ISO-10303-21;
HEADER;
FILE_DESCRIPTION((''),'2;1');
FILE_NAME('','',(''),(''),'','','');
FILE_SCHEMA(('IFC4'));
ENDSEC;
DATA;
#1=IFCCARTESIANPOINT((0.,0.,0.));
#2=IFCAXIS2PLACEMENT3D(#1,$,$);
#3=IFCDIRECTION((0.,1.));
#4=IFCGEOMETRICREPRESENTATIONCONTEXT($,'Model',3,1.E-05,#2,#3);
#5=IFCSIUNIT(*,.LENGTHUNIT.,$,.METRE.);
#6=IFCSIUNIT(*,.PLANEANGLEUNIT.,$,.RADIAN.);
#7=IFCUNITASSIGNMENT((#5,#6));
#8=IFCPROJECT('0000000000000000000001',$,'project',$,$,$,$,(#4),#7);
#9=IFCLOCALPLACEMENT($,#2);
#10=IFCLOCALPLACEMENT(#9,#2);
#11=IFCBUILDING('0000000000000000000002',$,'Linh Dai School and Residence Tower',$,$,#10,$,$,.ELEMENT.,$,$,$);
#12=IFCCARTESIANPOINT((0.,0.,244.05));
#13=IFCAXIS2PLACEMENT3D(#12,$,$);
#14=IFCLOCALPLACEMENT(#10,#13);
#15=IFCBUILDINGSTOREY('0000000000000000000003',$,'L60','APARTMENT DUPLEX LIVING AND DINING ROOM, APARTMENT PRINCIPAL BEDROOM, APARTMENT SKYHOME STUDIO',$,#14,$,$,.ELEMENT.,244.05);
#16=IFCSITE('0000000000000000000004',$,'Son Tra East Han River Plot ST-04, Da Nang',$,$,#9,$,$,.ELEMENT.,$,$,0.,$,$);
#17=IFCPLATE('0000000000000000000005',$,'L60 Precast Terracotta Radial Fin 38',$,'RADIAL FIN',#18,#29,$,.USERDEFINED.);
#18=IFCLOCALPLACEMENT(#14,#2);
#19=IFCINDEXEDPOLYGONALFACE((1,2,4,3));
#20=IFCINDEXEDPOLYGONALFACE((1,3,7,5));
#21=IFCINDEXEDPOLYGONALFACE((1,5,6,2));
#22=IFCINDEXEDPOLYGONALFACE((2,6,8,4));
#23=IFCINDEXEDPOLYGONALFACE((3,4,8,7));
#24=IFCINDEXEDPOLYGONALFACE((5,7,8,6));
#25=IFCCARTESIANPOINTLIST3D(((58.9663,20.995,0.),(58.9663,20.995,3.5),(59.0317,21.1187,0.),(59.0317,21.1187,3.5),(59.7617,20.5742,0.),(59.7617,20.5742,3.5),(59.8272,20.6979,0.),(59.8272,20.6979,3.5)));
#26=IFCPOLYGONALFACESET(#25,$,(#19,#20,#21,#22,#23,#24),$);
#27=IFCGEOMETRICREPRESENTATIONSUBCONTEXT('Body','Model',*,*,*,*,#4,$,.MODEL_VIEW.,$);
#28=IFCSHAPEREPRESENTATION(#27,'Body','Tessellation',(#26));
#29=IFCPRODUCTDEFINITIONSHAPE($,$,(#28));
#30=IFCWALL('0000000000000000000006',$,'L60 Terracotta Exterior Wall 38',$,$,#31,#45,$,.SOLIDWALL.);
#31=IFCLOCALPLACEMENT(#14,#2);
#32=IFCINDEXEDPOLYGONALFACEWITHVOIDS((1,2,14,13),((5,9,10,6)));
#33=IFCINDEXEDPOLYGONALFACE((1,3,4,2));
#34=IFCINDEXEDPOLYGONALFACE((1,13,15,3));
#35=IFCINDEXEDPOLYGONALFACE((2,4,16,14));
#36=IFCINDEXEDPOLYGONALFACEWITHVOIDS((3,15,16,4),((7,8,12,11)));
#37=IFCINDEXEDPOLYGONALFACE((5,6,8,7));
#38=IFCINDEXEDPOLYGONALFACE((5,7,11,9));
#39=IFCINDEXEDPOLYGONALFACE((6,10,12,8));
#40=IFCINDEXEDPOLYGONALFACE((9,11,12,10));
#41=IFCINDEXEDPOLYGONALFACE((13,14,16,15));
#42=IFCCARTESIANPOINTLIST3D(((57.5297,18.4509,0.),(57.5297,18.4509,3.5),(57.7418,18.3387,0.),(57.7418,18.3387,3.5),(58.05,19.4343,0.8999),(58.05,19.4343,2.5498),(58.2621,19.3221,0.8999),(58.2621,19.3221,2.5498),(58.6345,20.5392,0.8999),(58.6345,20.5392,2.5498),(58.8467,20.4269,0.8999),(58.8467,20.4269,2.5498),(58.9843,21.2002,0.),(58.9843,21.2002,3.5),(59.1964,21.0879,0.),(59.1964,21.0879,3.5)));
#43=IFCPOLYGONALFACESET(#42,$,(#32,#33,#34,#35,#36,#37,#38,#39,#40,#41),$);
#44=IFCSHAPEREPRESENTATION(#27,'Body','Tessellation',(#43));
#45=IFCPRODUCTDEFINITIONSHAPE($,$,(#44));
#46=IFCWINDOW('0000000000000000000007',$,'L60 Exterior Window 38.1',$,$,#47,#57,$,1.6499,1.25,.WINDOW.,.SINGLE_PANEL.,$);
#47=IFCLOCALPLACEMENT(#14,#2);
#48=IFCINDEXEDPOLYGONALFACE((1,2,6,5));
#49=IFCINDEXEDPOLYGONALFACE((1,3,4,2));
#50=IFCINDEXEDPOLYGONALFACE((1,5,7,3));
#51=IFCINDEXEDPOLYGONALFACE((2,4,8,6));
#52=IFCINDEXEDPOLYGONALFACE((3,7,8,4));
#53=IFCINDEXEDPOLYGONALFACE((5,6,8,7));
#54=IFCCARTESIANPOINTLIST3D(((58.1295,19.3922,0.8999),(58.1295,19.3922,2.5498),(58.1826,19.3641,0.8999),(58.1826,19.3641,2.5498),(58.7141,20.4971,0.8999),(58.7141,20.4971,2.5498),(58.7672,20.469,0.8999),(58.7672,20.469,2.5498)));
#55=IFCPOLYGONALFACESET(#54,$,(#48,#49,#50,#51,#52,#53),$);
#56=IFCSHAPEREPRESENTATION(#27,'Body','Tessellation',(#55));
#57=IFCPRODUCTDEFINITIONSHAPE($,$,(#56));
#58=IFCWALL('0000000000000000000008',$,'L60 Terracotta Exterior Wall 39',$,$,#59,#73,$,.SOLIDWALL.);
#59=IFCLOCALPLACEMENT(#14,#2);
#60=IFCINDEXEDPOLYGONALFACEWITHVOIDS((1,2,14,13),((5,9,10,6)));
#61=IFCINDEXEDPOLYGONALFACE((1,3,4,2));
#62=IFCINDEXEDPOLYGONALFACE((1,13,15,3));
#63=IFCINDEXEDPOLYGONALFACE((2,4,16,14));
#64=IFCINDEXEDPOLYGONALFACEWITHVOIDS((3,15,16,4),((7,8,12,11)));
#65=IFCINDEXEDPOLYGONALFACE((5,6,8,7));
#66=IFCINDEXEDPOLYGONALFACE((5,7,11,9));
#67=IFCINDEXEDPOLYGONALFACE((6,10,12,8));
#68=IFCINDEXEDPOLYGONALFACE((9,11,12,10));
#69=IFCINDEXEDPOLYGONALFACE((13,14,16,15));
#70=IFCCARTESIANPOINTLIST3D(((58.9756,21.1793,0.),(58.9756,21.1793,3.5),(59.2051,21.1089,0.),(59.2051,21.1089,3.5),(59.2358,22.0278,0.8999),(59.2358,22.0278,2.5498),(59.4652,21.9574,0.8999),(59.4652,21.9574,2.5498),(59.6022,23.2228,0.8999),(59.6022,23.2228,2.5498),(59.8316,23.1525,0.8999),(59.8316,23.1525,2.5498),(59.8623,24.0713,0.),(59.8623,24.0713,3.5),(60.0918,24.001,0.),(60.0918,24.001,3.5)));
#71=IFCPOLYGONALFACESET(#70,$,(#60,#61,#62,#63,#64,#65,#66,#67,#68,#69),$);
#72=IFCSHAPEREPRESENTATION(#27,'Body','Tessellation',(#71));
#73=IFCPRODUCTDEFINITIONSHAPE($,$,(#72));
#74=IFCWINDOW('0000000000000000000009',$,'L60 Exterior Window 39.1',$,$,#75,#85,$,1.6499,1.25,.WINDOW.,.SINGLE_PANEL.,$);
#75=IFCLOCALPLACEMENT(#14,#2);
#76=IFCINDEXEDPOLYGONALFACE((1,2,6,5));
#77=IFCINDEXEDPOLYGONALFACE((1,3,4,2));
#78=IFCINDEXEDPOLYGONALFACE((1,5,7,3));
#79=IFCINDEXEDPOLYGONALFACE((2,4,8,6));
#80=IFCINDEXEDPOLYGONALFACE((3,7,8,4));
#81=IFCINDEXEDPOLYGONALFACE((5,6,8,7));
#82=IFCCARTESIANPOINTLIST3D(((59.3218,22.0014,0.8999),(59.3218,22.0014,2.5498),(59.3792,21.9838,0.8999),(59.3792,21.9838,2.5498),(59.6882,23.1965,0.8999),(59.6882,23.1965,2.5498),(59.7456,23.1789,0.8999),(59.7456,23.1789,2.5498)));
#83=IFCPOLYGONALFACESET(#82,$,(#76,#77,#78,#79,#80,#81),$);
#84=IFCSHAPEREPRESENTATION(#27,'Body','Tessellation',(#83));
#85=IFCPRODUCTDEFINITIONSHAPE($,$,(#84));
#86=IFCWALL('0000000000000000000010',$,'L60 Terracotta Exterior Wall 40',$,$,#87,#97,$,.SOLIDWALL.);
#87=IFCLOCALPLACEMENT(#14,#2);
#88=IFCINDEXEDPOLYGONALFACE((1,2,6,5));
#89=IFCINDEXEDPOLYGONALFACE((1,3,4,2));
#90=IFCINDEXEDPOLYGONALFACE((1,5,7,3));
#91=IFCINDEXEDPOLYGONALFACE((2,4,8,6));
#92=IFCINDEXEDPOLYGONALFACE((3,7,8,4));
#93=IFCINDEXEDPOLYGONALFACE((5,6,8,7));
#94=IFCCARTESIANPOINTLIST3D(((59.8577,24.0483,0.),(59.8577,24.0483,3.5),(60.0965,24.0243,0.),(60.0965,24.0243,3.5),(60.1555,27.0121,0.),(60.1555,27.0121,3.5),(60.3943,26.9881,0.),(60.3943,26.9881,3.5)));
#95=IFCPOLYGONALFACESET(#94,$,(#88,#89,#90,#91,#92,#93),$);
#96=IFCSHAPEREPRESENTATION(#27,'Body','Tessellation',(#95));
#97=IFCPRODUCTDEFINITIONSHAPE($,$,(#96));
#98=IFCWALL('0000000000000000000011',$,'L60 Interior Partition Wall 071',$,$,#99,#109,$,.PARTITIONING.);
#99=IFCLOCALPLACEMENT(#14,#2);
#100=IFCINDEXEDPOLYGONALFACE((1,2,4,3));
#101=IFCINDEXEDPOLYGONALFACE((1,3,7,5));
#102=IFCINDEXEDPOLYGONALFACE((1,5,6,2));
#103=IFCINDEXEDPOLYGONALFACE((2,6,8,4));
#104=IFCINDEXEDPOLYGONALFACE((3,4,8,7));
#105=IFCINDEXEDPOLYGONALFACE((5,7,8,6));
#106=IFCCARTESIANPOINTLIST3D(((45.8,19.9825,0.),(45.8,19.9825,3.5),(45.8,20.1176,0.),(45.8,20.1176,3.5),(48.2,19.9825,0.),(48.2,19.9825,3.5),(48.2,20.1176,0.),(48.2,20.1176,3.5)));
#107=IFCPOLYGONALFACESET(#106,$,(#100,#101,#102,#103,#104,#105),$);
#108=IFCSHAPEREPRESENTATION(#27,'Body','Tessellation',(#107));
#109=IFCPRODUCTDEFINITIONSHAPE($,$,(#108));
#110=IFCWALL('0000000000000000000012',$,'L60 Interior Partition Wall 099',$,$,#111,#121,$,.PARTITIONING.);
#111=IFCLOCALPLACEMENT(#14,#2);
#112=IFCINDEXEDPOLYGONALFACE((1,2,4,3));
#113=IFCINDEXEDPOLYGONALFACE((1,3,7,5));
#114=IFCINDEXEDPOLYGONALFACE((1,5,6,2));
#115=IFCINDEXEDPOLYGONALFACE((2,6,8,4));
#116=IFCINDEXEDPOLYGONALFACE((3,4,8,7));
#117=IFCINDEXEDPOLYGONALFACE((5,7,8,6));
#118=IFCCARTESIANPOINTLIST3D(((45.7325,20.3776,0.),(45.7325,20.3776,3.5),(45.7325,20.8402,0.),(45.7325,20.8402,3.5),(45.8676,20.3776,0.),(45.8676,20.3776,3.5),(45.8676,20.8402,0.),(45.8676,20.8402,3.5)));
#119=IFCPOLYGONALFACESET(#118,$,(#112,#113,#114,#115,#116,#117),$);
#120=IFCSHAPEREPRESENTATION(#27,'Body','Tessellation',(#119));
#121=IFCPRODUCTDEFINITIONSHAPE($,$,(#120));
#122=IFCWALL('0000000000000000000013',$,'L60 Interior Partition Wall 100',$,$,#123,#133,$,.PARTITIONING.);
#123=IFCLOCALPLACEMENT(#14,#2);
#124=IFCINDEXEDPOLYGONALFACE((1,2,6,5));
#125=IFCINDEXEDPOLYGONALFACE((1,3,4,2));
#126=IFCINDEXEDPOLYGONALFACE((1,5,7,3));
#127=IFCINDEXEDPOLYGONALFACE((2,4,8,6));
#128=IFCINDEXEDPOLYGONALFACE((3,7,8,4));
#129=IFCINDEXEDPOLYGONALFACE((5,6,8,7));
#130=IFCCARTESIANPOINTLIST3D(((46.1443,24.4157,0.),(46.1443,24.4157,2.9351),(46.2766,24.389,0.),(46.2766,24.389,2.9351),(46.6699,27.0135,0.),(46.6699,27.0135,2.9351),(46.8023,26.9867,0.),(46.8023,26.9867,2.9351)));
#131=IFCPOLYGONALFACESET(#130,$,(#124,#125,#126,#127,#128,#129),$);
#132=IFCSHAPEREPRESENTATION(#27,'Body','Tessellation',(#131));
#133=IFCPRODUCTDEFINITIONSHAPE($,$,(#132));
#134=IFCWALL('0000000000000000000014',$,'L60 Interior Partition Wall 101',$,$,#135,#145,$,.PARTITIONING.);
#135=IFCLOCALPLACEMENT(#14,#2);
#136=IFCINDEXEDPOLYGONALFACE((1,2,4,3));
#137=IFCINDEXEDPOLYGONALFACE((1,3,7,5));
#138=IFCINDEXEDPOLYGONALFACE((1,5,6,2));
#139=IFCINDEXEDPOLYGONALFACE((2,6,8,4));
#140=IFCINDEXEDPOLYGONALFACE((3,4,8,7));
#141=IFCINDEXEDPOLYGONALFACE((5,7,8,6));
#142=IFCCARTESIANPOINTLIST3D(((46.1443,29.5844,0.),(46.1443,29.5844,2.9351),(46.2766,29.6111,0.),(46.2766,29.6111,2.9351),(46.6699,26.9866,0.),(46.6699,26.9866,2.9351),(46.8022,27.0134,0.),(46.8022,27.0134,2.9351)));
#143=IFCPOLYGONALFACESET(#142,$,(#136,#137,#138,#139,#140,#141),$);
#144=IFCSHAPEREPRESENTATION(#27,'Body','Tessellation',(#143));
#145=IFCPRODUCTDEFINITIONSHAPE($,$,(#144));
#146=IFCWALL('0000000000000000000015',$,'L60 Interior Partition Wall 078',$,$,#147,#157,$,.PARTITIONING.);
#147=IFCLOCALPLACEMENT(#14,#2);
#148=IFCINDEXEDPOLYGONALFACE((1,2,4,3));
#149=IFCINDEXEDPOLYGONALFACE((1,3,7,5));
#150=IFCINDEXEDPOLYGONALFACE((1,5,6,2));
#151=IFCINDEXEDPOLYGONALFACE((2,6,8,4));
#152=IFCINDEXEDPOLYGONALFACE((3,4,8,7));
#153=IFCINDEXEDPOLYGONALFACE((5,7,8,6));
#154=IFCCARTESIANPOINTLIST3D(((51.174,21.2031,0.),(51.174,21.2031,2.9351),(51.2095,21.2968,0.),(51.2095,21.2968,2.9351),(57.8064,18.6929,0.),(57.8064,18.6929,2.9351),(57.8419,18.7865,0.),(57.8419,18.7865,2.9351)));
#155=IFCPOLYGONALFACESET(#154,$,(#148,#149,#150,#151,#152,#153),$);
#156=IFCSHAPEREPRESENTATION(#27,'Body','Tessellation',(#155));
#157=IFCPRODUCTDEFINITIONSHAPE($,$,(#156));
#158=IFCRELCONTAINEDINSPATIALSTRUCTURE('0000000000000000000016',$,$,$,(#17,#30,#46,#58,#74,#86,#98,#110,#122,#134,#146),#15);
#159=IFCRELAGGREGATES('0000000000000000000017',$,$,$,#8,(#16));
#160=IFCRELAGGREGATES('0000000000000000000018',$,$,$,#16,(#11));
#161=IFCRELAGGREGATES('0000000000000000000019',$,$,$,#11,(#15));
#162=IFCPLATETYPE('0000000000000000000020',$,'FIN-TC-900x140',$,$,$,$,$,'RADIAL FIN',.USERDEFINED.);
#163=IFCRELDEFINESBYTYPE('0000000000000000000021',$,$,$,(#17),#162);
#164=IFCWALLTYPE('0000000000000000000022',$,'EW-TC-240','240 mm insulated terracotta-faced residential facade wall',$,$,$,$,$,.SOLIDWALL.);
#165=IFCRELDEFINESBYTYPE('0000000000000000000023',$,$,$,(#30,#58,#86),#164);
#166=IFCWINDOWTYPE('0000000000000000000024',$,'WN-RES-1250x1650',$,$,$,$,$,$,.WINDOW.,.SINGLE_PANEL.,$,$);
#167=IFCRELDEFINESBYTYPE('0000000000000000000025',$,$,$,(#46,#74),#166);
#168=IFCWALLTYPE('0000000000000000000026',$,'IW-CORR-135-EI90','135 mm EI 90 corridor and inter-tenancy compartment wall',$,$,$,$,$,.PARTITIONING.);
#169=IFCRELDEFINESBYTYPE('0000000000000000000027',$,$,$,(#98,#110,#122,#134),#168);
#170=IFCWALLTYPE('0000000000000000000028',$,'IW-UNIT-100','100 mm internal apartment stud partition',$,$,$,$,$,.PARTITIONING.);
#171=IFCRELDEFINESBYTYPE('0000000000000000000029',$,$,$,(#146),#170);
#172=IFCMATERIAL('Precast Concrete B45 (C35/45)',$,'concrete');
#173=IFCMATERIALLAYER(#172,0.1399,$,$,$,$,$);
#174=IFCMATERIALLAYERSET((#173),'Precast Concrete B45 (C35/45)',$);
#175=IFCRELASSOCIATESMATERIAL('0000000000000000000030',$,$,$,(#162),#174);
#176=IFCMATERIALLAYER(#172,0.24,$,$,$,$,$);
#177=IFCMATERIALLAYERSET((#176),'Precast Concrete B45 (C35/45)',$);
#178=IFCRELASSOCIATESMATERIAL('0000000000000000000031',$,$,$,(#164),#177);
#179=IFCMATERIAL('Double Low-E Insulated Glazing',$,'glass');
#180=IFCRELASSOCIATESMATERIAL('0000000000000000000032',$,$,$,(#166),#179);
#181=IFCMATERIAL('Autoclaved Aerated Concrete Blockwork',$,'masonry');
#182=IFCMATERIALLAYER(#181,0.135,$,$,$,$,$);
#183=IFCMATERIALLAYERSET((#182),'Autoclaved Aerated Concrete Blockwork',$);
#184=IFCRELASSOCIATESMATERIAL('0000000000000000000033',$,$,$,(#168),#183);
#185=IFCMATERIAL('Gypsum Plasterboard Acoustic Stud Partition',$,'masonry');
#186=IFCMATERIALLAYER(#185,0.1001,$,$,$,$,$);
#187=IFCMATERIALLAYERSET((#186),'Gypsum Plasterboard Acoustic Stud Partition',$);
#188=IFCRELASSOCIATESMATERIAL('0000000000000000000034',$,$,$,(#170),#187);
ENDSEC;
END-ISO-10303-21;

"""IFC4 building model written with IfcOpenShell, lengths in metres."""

from ifc_helpers import new_model, si_unit, direction, frame, frame_2d, origin, origin_2d, place, context, subcontext, project, spatial, rectangle, extrude, source, transform, mapped, material, layer, layer_set, type_object, element, fill, save


model = new_model("IFC4")

# Units and contexts
model_context = context("Model", 3, precision=1e-05, world=origin(), true_north=direction((0.0, 1.0)))
body_context = subcontext(model_context, "Body", "Model", "MODEL_VIEW")
ifc_project = project(units=[si_unit("LENGTHUNIT", "METRE"), si_unit("PLANEANGLEUNIT", "RADIAN")], contexts=[model_context])

# Site, building, storey
site_placement = place(None, origin())
site = spatial("IfcSite", under=ifc_project, at=site_placement, Name="Son Tra East Han River Plot ST-04, Da Nang", CompositionType="ELEMENT", RefElevation=0.0)
building_placement = place(site_placement, origin())
building = spatial("IfcBuilding", under=site, at=building_placement, Name="Linh Dai School and Residence Tower", CompositionType="ELEMENT")
storey_placement = place(building_placement, frame((0.0, 0.0, 244.05)))
storey = spatial("IfcBuildingStorey", under=building, at=storey_placement, Name="L60", Description="APARTMENT DUPLEX LIVING AND DINING ROOM, APARTMENT PRINCIPAL BEDROOM, APARTMENT SKYHOME STUDIO", CompositionType="ELEMENT", Elevation=244.05)

# Plate
ifc_material_1 = material(Name="Precast Concrete B45 (C35/45)", Category="concrete")
ifc_layer_1 = layer(ifc_material_1, 0.1399)
ifc_layer_set_1 = layer_set([ifc_layer_1], Name="Precast Concrete B45 (C35/45)")
plate_type = type_object("IfcPlateType", Name="FIN-TC-900x140", ElementType="RADIAL FIN", PredefinedType="USERDEFINED", material=ifc_layer_set_1)
shared_shape_1 = source(origin(), body_context, "Body", "SweptSolid", [
    extrude(rectangle(XDim=0.8999, YDim=0.1399, at=origin_2d()), origin(), (0.0, 0.0, 1.0), 3.5),
])
plate_placement = place(storey_placement, frame((59.3967, 20.8464, 0.0), z_axis=(0.0, 0.0, 1.0), x_axis=(0.883929, -0.467621, 0.0)))
element("IfcPlate", 1, at=plate_placement, inside=storey, type_object=plate_type, Name="L60 Precast Terracotta Radial Fin 38", ObjectType="RADIAL FIN", PredefinedType="USERDEFINED", context=body_context, shape_type="MappedRepresentation", body=[
    mapped(shared_shape_1, transform((0.0, 0.0, 0.0), x_axis=(1.0, 0.0, 0.0), y_axis=(0.0, 1.0, 0.0), z_axis=(0.0, 0.0, 1.0), scale=1.0)),
])

# Walls, openings, windows
ifc_layer_2 = layer(ifc_material_1, 0.24)
ifc_layer_set_2 = layer_set([ifc_layer_2], Name="Precast Concrete B45 (C35/45)")
wall_type_1 = type_object("IfcWallType", Name="EW-TC-240", Description="240 mm insulated terracotta-faced residential facade wall", PredefinedType="SOLIDWALL", material=ifc_layer_set_2)
wall_1_placement = place(storey_placement, frame((59.0903, 21.144, 0.0), z_axis=(0.0, 0.0, 1.0), x_axis=(-0.46766, -0.883908, 0.0)))
wall_1 = element("IfcWall", 2, at=wall_1_placement, inside=storey, type_object=wall_type_1, Name="L60 Terracotta Exterior Wall 38", PredefinedType="SOLIDWALL", context=body_context, shape_type="SweptSolid", body=[
    extrude(rectangle(XDim=3.1104, YDim=0.24, at=frame_2d((1.5552, 0.0))), origin(), (0.0, 0.0, 1.0), 3.5),
])
opening_1_placement = place(wall_1_placement, frame((0.7478, 0.0, 0.8999)))
opening_1 = element("IfcOpeningElement", 3, at=opening_1_placement, cuts=wall_1, PredefinedType="OPENING", context=body_context, shape_type="SweptSolid", body=[
    extrude(rectangle(XDim=1.25, YDim=1.6499, at=origin_2d()), frame((0.625, 0.1299, 0.825), z_axis=(0.0, -1.0, 0.0), x_axis=(1.0, 0.0, 0.0)), (0.0, 0.0, 1.0), 0.26),
])
ifc_material_2 = material(Name="Double Low-E Insulated Glazing", Category="glass")
window_type = type_object("IfcWindowType", Name="WN-RES-1250x1650", PartitioningType="SINGLE_PANEL", PredefinedType="WINDOW", material=ifc_material_2)
shared_shape_2 = source(origin(), body_context, "Body", "SweptSolid", [
    extrude(rectangle(XDim=1.25, YDim=1.6499, at=origin_2d()), frame((0.625, 0.03, 0.825), z_axis=(0.0, -1.0, 0.0), x_axis=(1.0, 0.0, 0.0)), (0.0, 0.0, 1.0), 0.0601),
])
window_1_placement = place(opening_1_placement, origin())
window_1 = element("IfcWindow", 4, at=window_1_placement, inside=storey, type_object=window_type, Name="L60 Exterior Window 38.1", OverallHeight=1.6499, OverallWidth=1.25, PartitioningType="SINGLE_PANEL", PredefinedType="WINDOW", context=body_context, shape_type="MappedRepresentation", body=[
    mapped(shared_shape_2, transform((0.0, 0.0, 0.0), x_axis=(1.0, 0.0, 0.0), y_axis=(0.0, 1.0, 0.0), z_axis=(0.0, 0.0, 1.0), scale=1.0)),
])
fill(opening_1, window_1)
wall_2_placement = place(storey_placement, frame((59.9771, 24.0361, 0.0), z_axis=(0.0, 0.0, 1.0), x_axis=(-0.293133, -0.956072, 0.0)))
wall_2 = element("IfcWall", 5, at=wall_2_placement, inside=storey, type_object=wall_type_1, Name="L60 Terracotta Exterior Wall 39", PredefinedType="SOLIDWALL", context=body_context, shape_type="SweptSolid", body=[
    extrude(rectangle(XDim=3.0249, YDim=0.24, at=frame_2d((1.5125, 0.0))), origin(), (0.0, 0.0, 1.0), 3.5),
])
opening_2_placement = place(wall_2_placement, frame((0.8875, 0.0, 0.8999)))
opening_2 = element("IfcOpeningElement", 6, at=opening_2_placement, cuts=wall_2, PredefinedType="OPENING", context=body_context, shape_type="SweptSolid", body=[
    extrude(rectangle(XDim=1.25, YDim=1.6499, at=origin_2d()), frame((0.625, 0.1299, 0.825), z_axis=(0.0, -1.0, 0.0), x_axis=(1.0, 0.0, 0.0)), (0.0, 0.0, 1.0), 0.26),
])
window_2_placement = place(opening_2_placement, origin())
window_2 = element("IfcWindow", 7, at=window_2_placement, inside=storey, type_object=window_type, Name="L60 Exterior Window 39.1", OverallHeight=1.6499, OverallWidth=1.25, PartitioningType="SINGLE_PANEL", PredefinedType="WINDOW", context=body_context, shape_type="MappedRepresentation", body=[
    mapped(shared_shape_2, transform((0.0, 0.0, 0.0), x_axis=(1.0, 0.0, 0.0), y_axis=(0.0, 1.0, 0.0), z_axis=(0.0, 0.0, 1.0), scale=1.0)),
])
fill(opening_2, window_2)

# Walls
wall_3_placement = place(storey_placement, frame((60.2749, 27.0, 0.0), z_axis=(0.0, 0.0, 1.0), x_axis=(-0.099991, -0.994988, 0.0)))
element("IfcWall", 8, at=wall_3_placement, inside=storey, type_object=wall_type_1, Name="L60 Terracotta Exterior Wall 40", PredefinedType="SOLIDWALL", context=body_context, shape_type="SweptSolid", body=[
    extrude(rectangle(XDim=2.9788, YDim=0.24, at=frame_2d((1.4893, 0.0))), origin(), (0.0, 0.0, 1.0), 3.5),
])
ifc_material_3 = material(Name="Autoclaved Aerated Concrete Blockwork", Category="masonry")
ifc_layer_3 = layer(ifc_material_3, 0.135)
ifc_layer_set_3 = layer_set([ifc_layer_3], Name="Autoclaved Aerated Concrete Blockwork")
wall_type_2 = type_object("IfcWallType", Name="IW-CORR-135-EI90", Description="135 mm EI 90 corridor and inter-tenancy compartment wall", PredefinedType="PARTITIONING", material=ifc_layer_set_3)
wall_4_placement = place(storey_placement, frame((45.8, 20.05, 0.0), z_axis=(0.0, 0.0, 1.0), x_axis=(1.0, 0.0, 0.0)))
element("IfcWall", 9, at=wall_4_placement, inside=storey, type_object=wall_type_2, Name="L60 Interior Partition Wall 071", PredefinedType="PARTITIONING", context=body_context, shape_type="SweptSolid", body=[
    extrude(rectangle(XDim=2.3999, YDim=0.135, at=frame_2d((1.2, 0.0))), origin(), (0.0, 0.0, 1.0), 3.5),
])
wall_5_placement = place(storey_placement, frame((45.8, 20.3774, 0.0), z_axis=(0.0, 0.0, 1.0), x_axis=(0.0, 1.0, 0.0)))
element("IfcWall", 10, at=wall_5_placement, inside=storey, type_object=wall_type_2, Name="L60 Interior Partition Wall 099", PredefinedType="PARTITIONING", context=body_context, shape_type="SweptSolid", body=[
    extrude(rectangle(XDim=0.4626, YDim=0.135, at=frame_2d((0.2314, 0.0))), origin(), (0.0, 0.0, 1.0), 3.5),
])
for number, where, z_axis, x_axis, name in (
    (11, (46.2104, 24.4023, 0.0), (0.0, 0.0, 1.0), (0.19833, 0.980135, 0.0), "L60 Interior Partition Wall 100"),
    (12, (46.7361, 27.0, 0.0), (0.0, 0.0, 1.0), (-0.19833, 0.980135, 0.0), "L60 Interior Partition Wall 101"),
):
    element("IfcWall", number, at=place(storey_placement, frame(where, z_axis=z_axis, x_axis=x_axis)), inside=storey, type_object=wall_type_2, Name=name, PredefinedType="PARTITIONING", context=body_context, shape_type="SweptSolid", body=[
        extrude(rectangle(XDim=2.6504, YDim=0.135, at=frame_2d((1.3252, 0.0))), origin(), (0.0, 0.0, 1.0), 2.9351),
    ])
ifc_material_4 = material(Name="Gypsum Plasterboard Acoustic Stud Partition", Category="masonry")
ifc_layer_4 = layer(ifc_material_4, 0.1001)
ifc_layer_set_4 = layer_set([ifc_layer_4], Name="Gypsum Plasterboard Acoustic Stud Partition")
wall_type_3 = type_object("IfcWallType", Name="IW-UNIT-100", Description="100 mm internal apartment stud partition", PredefinedType="PARTITIONING", material=ifc_layer_set_4)
wall_6_placement = place(storey_placement, frame((51.1917, 21.25, 0.0), z_axis=(0.0, 0.0, 1.0), x_axis=(0.935252, -0.353982, 0.0)))
element("IfcWall", 13, at=wall_6_placement, inside=storey, type_object=wall_type_3, Name="L60 Interior Partition Wall 078", PredefinedType="PARTITIONING", context=body_context, shape_type="SweptSolid", body=[
    extrude(rectangle(XDim=7.0916, YDim=0.1001, at=frame_2d((3.5459, 0.0))), origin(), (0.0, 0.0, 1.0), 2.9351),
])

save(model, "model.ifc")
